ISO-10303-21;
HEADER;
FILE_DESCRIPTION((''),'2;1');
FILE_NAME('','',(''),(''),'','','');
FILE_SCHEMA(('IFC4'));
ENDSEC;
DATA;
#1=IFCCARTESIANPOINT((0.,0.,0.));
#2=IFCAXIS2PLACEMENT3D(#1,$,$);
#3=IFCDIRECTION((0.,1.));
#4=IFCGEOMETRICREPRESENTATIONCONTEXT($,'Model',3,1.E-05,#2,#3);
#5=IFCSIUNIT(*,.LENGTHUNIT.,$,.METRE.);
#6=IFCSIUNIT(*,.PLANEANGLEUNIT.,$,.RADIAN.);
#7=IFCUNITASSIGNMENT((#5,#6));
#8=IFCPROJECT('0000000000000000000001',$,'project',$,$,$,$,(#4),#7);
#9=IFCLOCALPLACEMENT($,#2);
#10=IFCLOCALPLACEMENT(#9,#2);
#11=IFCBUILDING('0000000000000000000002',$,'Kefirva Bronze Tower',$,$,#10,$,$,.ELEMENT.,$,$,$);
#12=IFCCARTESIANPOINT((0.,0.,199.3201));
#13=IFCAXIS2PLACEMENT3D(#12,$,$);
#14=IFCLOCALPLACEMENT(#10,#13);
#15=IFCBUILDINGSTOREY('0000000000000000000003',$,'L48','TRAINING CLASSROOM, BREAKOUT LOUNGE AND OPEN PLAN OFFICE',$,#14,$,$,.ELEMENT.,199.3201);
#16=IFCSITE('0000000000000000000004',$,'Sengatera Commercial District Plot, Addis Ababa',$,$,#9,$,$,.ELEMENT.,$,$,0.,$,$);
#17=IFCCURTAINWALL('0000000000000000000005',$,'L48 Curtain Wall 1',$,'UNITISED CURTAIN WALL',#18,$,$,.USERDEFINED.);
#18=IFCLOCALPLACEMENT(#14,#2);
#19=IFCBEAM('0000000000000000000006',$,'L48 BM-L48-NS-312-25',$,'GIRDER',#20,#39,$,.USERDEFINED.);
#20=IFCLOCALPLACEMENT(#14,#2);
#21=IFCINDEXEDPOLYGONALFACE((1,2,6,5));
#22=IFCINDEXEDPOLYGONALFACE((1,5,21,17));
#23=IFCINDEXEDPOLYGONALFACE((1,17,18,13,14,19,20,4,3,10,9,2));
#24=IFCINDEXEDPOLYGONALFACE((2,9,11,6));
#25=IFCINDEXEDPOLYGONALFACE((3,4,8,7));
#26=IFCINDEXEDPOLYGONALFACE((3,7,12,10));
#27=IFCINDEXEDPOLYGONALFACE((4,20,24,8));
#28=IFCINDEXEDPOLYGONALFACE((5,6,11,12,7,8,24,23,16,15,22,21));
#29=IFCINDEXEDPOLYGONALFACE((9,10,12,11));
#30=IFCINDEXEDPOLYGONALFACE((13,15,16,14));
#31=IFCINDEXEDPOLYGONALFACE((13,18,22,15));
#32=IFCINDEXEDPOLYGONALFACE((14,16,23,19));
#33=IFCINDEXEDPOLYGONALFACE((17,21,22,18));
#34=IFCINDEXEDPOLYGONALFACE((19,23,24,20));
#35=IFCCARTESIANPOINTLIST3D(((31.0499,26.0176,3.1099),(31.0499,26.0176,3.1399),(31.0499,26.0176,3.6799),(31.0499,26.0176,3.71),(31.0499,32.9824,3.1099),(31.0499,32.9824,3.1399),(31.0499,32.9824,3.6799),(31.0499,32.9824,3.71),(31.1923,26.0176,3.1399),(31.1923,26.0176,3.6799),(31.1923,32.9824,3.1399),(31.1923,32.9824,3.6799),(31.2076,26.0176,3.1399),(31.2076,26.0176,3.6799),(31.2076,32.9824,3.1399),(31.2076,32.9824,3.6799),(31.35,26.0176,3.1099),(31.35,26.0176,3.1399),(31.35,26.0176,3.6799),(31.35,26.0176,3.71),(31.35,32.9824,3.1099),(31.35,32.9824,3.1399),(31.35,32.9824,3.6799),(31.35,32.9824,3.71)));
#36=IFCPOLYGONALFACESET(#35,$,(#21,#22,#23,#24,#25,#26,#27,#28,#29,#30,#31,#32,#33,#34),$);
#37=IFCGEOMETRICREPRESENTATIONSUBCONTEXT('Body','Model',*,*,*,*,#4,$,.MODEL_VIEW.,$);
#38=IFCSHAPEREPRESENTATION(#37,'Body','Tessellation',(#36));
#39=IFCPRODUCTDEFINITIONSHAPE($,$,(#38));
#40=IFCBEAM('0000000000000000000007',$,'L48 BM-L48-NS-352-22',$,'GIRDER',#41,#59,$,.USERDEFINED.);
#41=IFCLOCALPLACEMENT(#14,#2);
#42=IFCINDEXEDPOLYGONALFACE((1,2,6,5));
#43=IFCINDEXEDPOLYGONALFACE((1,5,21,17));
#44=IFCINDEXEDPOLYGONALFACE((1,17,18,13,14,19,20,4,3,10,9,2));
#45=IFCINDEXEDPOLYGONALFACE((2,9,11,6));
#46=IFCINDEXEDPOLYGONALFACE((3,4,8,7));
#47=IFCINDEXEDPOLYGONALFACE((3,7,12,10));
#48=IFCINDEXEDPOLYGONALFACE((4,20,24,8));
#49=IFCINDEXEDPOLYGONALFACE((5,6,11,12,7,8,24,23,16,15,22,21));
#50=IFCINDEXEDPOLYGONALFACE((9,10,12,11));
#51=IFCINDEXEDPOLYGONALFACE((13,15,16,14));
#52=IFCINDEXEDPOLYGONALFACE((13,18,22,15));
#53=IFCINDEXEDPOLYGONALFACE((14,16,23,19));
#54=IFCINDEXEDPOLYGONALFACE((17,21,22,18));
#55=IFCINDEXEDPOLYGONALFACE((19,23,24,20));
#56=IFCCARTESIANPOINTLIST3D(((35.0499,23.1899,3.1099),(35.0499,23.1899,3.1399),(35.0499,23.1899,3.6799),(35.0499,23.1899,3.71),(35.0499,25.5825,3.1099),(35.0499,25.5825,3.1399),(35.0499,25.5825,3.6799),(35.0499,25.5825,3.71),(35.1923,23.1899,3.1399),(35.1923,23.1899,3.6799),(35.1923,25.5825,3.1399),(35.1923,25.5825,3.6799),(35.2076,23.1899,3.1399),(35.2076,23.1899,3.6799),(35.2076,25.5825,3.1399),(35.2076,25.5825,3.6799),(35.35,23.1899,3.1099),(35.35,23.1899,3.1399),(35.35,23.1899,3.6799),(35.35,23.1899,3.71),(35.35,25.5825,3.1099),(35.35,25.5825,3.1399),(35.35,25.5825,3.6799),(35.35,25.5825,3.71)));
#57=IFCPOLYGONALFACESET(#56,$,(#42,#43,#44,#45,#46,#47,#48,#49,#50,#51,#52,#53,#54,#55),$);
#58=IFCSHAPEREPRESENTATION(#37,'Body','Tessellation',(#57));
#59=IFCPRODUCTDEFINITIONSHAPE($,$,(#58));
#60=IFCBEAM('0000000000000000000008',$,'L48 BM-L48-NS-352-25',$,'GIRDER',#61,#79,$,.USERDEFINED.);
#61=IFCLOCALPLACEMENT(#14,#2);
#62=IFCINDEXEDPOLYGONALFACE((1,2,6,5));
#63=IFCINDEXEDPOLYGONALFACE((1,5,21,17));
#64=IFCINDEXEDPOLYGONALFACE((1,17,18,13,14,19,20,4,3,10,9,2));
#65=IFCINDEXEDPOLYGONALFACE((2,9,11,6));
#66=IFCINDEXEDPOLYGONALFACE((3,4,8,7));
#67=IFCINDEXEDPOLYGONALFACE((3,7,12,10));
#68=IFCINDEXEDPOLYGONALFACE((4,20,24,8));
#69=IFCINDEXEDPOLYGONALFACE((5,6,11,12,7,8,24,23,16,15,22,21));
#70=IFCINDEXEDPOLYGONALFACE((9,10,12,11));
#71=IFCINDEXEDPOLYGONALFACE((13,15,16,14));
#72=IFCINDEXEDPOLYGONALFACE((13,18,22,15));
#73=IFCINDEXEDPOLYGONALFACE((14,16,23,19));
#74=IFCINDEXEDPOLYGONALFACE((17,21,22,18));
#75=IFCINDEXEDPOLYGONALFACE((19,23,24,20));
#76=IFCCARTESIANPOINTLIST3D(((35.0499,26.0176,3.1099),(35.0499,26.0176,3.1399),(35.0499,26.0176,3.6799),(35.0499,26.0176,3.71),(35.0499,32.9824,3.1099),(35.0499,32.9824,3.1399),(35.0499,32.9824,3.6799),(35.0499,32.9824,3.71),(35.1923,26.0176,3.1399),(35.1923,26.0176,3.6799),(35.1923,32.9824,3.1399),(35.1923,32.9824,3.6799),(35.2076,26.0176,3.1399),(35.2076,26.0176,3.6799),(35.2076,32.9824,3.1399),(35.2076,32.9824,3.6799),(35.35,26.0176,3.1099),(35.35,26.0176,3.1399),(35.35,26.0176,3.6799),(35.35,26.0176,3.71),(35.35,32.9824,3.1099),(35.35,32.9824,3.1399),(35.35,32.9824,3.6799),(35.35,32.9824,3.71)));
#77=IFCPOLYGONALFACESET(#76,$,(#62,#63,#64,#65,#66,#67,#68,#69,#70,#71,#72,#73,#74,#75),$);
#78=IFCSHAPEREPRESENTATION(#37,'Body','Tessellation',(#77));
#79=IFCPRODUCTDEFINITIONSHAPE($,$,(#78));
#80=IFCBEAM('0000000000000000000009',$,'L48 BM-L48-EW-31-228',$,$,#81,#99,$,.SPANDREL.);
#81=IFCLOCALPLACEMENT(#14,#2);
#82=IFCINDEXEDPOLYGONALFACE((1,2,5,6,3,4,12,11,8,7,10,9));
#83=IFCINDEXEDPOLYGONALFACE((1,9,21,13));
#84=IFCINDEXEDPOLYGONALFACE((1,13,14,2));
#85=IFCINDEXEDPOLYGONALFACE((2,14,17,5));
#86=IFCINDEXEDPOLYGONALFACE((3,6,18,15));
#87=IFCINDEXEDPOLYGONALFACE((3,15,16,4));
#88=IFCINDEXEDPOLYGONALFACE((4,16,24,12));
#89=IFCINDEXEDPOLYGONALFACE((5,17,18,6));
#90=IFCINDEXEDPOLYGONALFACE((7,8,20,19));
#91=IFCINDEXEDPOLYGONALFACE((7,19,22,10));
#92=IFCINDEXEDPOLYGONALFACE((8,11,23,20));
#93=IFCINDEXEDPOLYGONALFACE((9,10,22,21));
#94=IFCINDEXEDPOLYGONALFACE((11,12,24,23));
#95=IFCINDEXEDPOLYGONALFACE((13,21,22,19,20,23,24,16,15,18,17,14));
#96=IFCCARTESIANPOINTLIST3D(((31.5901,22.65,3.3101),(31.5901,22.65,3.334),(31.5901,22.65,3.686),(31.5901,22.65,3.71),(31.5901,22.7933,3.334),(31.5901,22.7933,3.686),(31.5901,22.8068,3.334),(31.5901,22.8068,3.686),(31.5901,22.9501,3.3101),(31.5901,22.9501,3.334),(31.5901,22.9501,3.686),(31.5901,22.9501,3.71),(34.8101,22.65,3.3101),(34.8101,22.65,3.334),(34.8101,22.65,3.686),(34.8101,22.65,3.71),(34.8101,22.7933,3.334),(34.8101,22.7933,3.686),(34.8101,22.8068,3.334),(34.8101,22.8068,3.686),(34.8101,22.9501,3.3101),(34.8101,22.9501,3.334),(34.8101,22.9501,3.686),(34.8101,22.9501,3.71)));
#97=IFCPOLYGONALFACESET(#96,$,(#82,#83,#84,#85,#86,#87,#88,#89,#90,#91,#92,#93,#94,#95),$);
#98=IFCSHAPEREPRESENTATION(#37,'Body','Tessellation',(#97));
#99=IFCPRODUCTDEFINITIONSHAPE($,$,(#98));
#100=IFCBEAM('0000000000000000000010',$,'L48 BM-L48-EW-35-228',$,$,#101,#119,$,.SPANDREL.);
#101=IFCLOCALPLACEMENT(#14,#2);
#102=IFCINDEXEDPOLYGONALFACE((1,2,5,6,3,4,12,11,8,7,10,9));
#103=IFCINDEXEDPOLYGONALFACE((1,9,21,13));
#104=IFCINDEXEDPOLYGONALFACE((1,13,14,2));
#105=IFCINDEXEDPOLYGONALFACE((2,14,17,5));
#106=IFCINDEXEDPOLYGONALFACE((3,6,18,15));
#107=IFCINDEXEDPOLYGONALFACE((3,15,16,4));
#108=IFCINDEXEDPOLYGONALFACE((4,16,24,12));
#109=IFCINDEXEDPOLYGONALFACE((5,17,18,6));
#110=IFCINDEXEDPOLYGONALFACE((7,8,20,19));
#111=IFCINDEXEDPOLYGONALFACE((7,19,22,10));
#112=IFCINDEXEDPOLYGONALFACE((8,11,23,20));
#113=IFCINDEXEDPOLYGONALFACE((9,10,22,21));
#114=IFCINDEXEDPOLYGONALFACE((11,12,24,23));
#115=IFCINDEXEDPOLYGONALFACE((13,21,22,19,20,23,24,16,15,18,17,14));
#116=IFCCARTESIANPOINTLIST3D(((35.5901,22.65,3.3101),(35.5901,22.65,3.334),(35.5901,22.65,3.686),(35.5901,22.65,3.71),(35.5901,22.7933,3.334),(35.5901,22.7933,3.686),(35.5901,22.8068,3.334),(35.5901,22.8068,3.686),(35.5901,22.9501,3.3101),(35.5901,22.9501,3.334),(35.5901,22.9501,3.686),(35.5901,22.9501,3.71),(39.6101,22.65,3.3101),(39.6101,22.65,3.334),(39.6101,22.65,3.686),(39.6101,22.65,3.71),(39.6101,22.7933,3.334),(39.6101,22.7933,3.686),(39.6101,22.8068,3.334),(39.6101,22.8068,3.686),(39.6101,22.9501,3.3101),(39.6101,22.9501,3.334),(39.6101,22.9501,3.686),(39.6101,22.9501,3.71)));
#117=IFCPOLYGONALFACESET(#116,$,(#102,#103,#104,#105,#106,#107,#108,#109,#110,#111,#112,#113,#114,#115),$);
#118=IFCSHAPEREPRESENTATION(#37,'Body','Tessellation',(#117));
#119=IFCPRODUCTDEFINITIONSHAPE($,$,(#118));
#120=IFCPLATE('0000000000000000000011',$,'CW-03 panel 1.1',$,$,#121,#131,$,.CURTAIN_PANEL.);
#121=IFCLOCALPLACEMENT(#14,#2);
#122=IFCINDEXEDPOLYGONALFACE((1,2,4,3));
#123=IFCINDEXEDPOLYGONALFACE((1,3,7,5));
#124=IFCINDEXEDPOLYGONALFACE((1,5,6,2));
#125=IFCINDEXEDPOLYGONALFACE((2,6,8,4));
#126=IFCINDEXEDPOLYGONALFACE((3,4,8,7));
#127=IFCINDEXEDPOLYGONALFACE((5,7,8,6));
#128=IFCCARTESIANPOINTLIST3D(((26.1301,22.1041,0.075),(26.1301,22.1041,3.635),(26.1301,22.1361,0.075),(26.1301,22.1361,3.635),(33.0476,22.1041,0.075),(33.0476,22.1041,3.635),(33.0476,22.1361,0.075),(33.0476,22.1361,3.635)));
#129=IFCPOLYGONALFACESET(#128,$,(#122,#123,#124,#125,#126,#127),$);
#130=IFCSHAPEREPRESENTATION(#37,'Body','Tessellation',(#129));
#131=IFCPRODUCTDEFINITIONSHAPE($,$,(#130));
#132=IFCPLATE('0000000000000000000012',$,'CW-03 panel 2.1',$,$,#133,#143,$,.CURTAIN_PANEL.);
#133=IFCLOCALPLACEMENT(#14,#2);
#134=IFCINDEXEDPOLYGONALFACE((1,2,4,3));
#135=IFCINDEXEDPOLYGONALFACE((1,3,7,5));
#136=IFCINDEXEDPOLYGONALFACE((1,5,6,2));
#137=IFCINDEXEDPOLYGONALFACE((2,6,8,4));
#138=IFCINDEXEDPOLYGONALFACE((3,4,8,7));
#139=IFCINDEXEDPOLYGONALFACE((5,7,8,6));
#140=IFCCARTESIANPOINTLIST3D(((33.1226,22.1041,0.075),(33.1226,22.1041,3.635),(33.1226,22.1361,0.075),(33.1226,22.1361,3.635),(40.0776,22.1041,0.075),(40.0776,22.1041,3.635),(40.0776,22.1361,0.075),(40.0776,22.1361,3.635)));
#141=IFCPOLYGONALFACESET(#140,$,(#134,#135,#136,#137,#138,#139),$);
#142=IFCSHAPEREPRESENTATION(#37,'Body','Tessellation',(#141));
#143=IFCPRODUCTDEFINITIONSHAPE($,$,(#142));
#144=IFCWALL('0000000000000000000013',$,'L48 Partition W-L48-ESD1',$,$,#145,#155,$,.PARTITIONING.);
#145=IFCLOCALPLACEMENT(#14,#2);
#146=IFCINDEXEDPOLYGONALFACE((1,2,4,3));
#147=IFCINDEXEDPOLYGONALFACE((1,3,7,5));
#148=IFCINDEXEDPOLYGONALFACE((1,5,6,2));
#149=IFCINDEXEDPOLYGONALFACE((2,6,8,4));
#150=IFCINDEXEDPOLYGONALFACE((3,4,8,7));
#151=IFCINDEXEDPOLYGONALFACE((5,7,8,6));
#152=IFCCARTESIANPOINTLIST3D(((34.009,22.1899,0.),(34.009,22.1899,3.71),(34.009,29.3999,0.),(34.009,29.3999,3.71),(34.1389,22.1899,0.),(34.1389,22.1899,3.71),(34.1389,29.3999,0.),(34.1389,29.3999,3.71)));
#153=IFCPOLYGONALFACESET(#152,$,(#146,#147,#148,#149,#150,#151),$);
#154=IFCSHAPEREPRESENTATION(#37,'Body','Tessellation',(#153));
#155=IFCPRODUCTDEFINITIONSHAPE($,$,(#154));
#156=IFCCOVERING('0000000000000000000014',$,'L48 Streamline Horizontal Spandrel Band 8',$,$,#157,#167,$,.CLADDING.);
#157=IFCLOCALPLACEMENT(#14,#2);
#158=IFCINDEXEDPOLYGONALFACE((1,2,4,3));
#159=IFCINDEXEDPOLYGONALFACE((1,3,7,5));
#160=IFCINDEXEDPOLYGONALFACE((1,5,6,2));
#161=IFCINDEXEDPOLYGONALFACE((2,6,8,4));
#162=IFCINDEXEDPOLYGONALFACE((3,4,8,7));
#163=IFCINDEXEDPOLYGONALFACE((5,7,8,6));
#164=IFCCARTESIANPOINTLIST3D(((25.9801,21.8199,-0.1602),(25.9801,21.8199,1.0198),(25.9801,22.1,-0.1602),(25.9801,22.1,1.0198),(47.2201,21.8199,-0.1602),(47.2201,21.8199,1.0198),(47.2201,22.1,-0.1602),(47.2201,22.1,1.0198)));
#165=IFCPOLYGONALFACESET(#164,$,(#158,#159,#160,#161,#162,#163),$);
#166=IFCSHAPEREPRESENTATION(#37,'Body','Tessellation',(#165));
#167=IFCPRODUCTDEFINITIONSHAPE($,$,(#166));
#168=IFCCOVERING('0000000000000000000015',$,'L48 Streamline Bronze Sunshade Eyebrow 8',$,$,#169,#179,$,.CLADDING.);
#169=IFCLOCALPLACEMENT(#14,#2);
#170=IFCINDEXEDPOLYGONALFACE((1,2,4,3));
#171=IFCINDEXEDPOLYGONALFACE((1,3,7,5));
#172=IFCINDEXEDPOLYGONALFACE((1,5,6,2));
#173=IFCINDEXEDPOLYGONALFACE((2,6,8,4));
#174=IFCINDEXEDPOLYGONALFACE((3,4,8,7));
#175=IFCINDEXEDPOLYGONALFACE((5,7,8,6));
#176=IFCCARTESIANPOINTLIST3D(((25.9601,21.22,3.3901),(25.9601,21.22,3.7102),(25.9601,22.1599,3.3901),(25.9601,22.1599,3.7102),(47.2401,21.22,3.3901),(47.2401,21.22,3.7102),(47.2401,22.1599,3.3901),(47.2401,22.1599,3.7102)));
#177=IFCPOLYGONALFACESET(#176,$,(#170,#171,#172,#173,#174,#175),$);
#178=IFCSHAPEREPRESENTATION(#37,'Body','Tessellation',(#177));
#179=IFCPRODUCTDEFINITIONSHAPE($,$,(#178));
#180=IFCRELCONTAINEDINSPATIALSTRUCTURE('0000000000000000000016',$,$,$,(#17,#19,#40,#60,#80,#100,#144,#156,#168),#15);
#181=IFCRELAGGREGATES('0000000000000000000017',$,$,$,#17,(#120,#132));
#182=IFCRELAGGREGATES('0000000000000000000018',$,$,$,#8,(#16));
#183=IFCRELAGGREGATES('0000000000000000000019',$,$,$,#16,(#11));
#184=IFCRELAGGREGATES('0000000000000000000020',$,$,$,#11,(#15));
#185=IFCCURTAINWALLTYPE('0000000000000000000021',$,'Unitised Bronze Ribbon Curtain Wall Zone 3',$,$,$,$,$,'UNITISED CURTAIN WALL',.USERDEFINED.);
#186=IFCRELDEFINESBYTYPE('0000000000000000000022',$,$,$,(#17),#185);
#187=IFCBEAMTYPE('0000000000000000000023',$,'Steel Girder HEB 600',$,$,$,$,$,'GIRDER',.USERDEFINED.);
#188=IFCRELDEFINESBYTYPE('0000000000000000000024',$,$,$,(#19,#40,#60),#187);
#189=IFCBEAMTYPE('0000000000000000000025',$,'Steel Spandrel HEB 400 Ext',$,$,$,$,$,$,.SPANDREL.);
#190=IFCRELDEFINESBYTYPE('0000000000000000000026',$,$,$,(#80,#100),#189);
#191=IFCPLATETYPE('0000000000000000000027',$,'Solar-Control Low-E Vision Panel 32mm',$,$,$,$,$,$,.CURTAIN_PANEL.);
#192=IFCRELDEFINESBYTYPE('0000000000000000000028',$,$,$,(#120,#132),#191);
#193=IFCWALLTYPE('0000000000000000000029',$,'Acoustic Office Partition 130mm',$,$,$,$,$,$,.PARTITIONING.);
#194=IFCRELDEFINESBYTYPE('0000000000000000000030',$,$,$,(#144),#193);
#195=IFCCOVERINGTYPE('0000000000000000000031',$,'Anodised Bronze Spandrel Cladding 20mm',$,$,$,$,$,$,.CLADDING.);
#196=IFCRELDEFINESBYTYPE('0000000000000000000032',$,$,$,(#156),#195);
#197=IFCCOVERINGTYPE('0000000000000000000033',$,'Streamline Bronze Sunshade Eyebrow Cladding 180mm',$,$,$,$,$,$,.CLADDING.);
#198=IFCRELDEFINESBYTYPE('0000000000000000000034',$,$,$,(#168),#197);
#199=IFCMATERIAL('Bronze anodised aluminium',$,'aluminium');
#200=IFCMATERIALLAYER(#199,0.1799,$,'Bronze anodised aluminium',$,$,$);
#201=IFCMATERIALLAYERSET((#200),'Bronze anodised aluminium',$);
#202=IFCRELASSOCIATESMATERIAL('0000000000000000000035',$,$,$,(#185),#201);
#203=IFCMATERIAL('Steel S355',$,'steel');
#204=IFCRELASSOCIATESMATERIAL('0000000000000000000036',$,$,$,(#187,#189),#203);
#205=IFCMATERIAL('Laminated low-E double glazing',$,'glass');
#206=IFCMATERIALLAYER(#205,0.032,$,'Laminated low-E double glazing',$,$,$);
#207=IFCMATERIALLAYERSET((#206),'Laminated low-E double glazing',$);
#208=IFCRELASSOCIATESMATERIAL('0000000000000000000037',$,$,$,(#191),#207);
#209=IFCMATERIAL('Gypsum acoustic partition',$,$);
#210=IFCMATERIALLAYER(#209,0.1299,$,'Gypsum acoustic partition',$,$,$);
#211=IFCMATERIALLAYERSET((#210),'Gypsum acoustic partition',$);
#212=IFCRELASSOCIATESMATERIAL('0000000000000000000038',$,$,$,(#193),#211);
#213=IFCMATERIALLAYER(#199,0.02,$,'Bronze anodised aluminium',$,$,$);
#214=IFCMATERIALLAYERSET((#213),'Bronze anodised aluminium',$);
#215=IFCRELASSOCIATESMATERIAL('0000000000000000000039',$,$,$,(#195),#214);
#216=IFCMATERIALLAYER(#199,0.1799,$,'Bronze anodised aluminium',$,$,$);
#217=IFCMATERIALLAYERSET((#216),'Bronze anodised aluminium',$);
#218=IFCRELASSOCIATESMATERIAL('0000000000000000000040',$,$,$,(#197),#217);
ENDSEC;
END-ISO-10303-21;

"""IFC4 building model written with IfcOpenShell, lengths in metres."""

from ifc_helpers import new_model, si_unit, direction, frame, frame_2d, origin, origin_2d, place, context, subcontext, project, spatial, rectangle, i_section, extrude, material, layer, layer_set, material_profile, profile_set, type_object, element, aggregate, save


model = new_model("IFC4")

# Units and contexts
model_context = context("Model", 3, precision=1e-05, world=origin(), true_north=direction((0.0, 1.0)))
body_context = subcontext(model_context, "Body", "Model", "MODEL_VIEW")
ifc_project = project(units=[si_unit("LENGTHUNIT", "METRE"), si_unit("PLANEANGLEUNIT", "RADIAN")], contexts=[model_context])

# Site, building, storey
site_placement = place(None, origin())
site = spatial("IfcSite", under=ifc_project, at=site_placement, Name="Sengatera Commercial District Plot, Addis Ababa", CompositionType="ELEMENT", RefElevation=0.0)
building_placement = place(site_placement, origin())
building = spatial("IfcBuilding", under=site, at=building_placement, Name="Kefirva Bronze Tower", CompositionType="ELEMENT")
storey_placement = place(building_placement, frame((0.0, 0.0, 199.3201)))
storey = spatial("IfcBuildingStorey", under=building, at=storey_placement, Name="L48", Description="TRAINING CLASSROOM, BREAKOUT LOUNGE AND OPEN PLAN OFFICE", CompositionType="ELEMENT", Elevation=199.3201)

# Curtain wall
ifc_material_1 = material(Name="Bronze anodised aluminium", Category="aluminium")
ifc_layer_1 = layer(ifc_material_1, 0.1799, Name="Bronze anodised aluminium")
ifc_layer_set_1 = layer_set([ifc_layer_1], Name="Bronze anodised aluminium")
curtain_wall_type = type_object("IfcCurtainWallType", Name="Unitised Bronze Ribbon Curtain Wall Zone 3", ElementType="UNITISED CURTAIN WALL", PredefinedType="USERDEFINED", material=ifc_layer_set_1)
curtain_wall_placement = place(storey_placement, origin())
curtain_wall = element("IfcCurtainWall", 1, at=curtain_wall_placement, inside=storey, type_object=curtain_wall_type, Name="L48 Curtain Wall 1", ObjectType="UNITISED CURTAIN WALL", PredefinedType="USERDEFINED")

# Beams
ifc_material_2 = material(Name="Steel S355", Category="steel")
ifc_material_profile_1 = material_profile(ifc_material_2, i_section(OverallWidth=0.3, OverallDepth=0.6001, WebThickness=0.0154, FlangeThickness=0.03, at=origin_2d()), Name="HEB 600")
ifc_profile_set_1 = profile_set([ifc_material_profile_1], Name="Steel S355")
beam_type_1 = type_object("IfcBeamType", Name="Steel Girder HEB 600", ElementType="GIRDER", PredefinedType="USERDEFINED", material=ifc_profile_set_1)
beam_1_placement = place(storey_placement, frame((31.2, 26.0176, 3.4099), z_axis=(0.0, 1.0, 0.0), x_axis=(-1.0, 0.0, 0.0)))
element("IfcBeam", 2, at=beam_1_placement, inside=storey, type_object=beam_type_1, Name="L48 BM-L48-NS-312-25", ObjectType="GIRDER", PredefinedType="USERDEFINED", context=body_context, shape_type="SweptSolid", body=[
    extrude(i_section(OverallWidth=0.3, OverallDepth=0.6001, WebThickness=0.0154, FlangeThickness=0.03, at=origin_2d()), origin(), (0.0, 0.0, 1.0), 6.9648),
])
beam_2_placement = place(storey_placement, frame((35.2, 23.1899, 3.4099), z_axis=(0.0, 1.0, 0.0), x_axis=(-1.0, 0.0, 0.0)))
element("IfcBeam", 3, at=beam_2_placement, inside=storey, type_object=beam_type_1, Name="L48 BM-L48-NS-352-22", ObjectType="GIRDER", PredefinedType="USERDEFINED", context=body_context, shape_type="SweptSolid", body=[
    extrude(i_section(OverallWidth=0.3, OverallDepth=0.6001, WebThickness=0.0154, FlangeThickness=0.03, at=origin_2d()), origin(), (0.0, 0.0, 1.0), 2.3926),
])
beam_3_placement = place(storey_placement, frame((35.2, 26.0176, 3.4099), z_axis=(0.0, 1.0, 0.0), x_axis=(-1.0, 0.0, 0.0)))
element("IfcBeam", 4, at=beam_3_placement, inside=storey, type_object=beam_type_1, Name="L48 BM-L48-NS-352-25", ObjectType="GIRDER", PredefinedType="USERDEFINED", context=body_context, shape_type="SweptSolid", body=[
    extrude(i_section(OverallWidth=0.3, OverallDepth=0.6001, WebThickness=0.0154, FlangeThickness=0.03, at=origin_2d()), origin(), (0.0, 0.0, 1.0), 6.9648),
])
ifc_material_profile_2 = material_profile(ifc_material_2, i_section(OverallWidth=0.3, OverallDepth=0.3999, WebThickness=0.0134, FlangeThickness=0.0239, at=origin_2d()), Name="HEB 400")
ifc_profile_set_2 = profile_set([ifc_material_profile_2], Name="Steel S355")
beam_type_2 = type_object("IfcBeamType", Name="Steel Spandrel HEB 400 Ext", PredefinedType="SPANDREL", material=ifc_profile_set_2)
beam_4_placement = place(storey_placement, frame((31.5901, 22.8, 3.51), z_axis=(1.0, 0.0, 0.0), x_axis=(0.0, 1.0, 0.0)))
element("IfcBeam", 5, at=beam_4_placement, inside=storey, type_object=beam_type_2, Name="L48 BM-L48-EW-31-228", PredefinedType="SPANDREL", context=body_context, shape_type="SweptSolid", body=[
    extrude(i_section(OverallWidth=0.3, OverallDepth=0.3999, WebThickness=0.0134, FlangeThickness=0.0239, at=origin_2d()), origin(), (0.0, 0.0, 1.0), 3.22),
])
beam_5_placement = place(storey_placement, frame((35.5901, 22.8, 3.51), z_axis=(1.0, 0.0, 0.0), x_axis=(0.0, 1.0, 0.0)))
element("IfcBeam", 6, at=beam_5_placement, inside=storey, type_object=beam_type_2, Name="L48 BM-L48-EW-35-228", PredefinedType="SPANDREL", context=body_context, shape_type="SweptSolid", body=[
    extrude(i_section(OverallWidth=0.3, OverallDepth=0.3999, WebThickness=0.0134, FlangeThickness=0.0239, at=origin_2d()), origin(), (0.0, 0.0, 1.0), 4.02),
])

# Plates
ifc_material_3 = material(Name="Laminated low-E double glazing", Category="glass")
ifc_layer_2 = layer(ifc_material_3, 0.032, Name="Laminated low-E double glazing")
ifc_layer_set_2 = layer_set([ifc_layer_2], Name="Laminated low-E double glazing")
plate_type = type_object("IfcPlateType", Name="Solar-Control Low-E Vision Panel 32mm", PredefinedType="CURTAIN_PANEL", material=ifc_layer_set_2)
plate_1_placement = place(storey_placement, frame((29.5889, 22.1201, 0.075), z_axis=(0.0, 0.0, 1.0), x_axis=(1.0, 0.0, 0.0)))
plate_1 = element("IfcPlate", 7, at=plate_1_placement, type_object=plate_type, Name="CW-03 panel 1.1", PredefinedType="CURTAIN_PANEL", context=body_context, shape_type="SweptSolid", body=[
    extrude(rectangle(XDim=6.9175, YDim=0.032, at=origin_2d()), origin(), (0.0, 0.0, 1.0), 3.5601),
])
plate_2_placement = place(storey_placement, frame((36.6001, 22.1201, 0.075), z_axis=(0.0, 0.0, 1.0), x_axis=(1.0, 0.0, 0.0)))
plate_2 = element("IfcPlate", 8, at=plate_2_placement, type_object=plate_type, Name="CW-03 panel 2.1", PredefinedType="CURTAIN_PANEL", context=body_context, shape_type="SweptSolid", body=[
    extrude(rectangle(XDim=6.9551, YDim=0.032, at=origin_2d()), origin(), (0.0, 0.0, 1.0), 3.5601),
])
aggregate(curtain_wall, [plate_1, plate_2])

# Wall
ifc_material_4 = material(Name="Gypsum acoustic partition")
ifc_layer_3 = layer(ifc_material_4, 0.1299, Name="Gypsum acoustic partition")
ifc_layer_set_3 = layer_set([ifc_layer_3], Name="Gypsum acoustic partition")
wall_type = type_object("IfcWallType", Name="Acoustic Office Partition 130mm", PredefinedType="PARTITIONING", material=ifc_layer_set_3)
wall_placement = place(storey_placement, frame((34.074, 22.1899, 0.0), z_axis=(0.0, 0.0, 1.0), x_axis=(0.0, 1.0, 0.0)))
element("IfcWall", 9, at=wall_placement, inside=storey, type_object=wall_type, Name="L48 Partition W-L48-ESD1", PredefinedType="PARTITIONING", context=body_context, shape_type="SweptSolid", body=[
    extrude(rectangle(XDim=7.21, YDim=0.1299, at=frame_2d((3.605, 0.0))), origin(), (0.0, 0.0, 1.0), 3.71),
])

# Coverings
ifc_layer_4 = layer(ifc_material_1, 0.02, Name="Bronze anodised aluminium")
ifc_layer_set_4 = layer_set([ifc_layer_4], Name="Bronze anodised aluminium")
covering_type_1 = type_object("IfcCoveringType", Name="Anodised Bronze Spandrel Cladding 20mm", PredefinedType="CLADDING", material=ifc_layer_set_4)
covering_1_placement = place(storey_placement, frame((36.6001, 21.96, -0.1602), z_axis=(0.0, 0.0, 1.0), x_axis=(1.0, 0.0, 0.0)))
element("IfcCovering", 10, at=covering_1_placement, inside=storey, type_object=covering_type_1, Name="L48 Streamline Horizontal Spandrel Band 8", PredefinedType="CLADDING", context=body_context, shape_type="SweptSolid", body=[
    extrude(rectangle(XDim=21.24, YDim=0.28, at=origin_2d()), origin(), (0.0, 0.0, 1.0), 1.1799),
])
ifc_layer_5 = layer(ifc_material_1, 0.1799, Name="Bronze anodised aluminium")
ifc_layer_set_5 = layer_set([ifc_layer_5], Name="Bronze anodised aluminium")
covering_type_2 = type_object("IfcCoveringType", Name="Streamline Bronze Sunshade Eyebrow Cladding 180mm", PredefinedType="CLADDING", material=ifc_layer_set_5)
covering_2_placement = place(storey_placement, frame((36.6001, 21.6899, 3.3901), z_axis=(0.0, 0.0, 1.0), x_axis=(1.0, 0.0, 0.0)))
element("IfcCovering", 11, at=covering_2_placement, inside=storey, type_object=covering_type_2, Name="L48 Streamline Bronze Sunshade Eyebrow 8", PredefinedType="CLADDING", context=body_context, shape_type="SweptSolid", body=[
    extrude(rectangle(XDim=21.28, YDim=0.9399, at=origin_2d()), origin(), (0.0, 0.0, 1.0), 0.3201),
])

save(model, "model.ifc")
